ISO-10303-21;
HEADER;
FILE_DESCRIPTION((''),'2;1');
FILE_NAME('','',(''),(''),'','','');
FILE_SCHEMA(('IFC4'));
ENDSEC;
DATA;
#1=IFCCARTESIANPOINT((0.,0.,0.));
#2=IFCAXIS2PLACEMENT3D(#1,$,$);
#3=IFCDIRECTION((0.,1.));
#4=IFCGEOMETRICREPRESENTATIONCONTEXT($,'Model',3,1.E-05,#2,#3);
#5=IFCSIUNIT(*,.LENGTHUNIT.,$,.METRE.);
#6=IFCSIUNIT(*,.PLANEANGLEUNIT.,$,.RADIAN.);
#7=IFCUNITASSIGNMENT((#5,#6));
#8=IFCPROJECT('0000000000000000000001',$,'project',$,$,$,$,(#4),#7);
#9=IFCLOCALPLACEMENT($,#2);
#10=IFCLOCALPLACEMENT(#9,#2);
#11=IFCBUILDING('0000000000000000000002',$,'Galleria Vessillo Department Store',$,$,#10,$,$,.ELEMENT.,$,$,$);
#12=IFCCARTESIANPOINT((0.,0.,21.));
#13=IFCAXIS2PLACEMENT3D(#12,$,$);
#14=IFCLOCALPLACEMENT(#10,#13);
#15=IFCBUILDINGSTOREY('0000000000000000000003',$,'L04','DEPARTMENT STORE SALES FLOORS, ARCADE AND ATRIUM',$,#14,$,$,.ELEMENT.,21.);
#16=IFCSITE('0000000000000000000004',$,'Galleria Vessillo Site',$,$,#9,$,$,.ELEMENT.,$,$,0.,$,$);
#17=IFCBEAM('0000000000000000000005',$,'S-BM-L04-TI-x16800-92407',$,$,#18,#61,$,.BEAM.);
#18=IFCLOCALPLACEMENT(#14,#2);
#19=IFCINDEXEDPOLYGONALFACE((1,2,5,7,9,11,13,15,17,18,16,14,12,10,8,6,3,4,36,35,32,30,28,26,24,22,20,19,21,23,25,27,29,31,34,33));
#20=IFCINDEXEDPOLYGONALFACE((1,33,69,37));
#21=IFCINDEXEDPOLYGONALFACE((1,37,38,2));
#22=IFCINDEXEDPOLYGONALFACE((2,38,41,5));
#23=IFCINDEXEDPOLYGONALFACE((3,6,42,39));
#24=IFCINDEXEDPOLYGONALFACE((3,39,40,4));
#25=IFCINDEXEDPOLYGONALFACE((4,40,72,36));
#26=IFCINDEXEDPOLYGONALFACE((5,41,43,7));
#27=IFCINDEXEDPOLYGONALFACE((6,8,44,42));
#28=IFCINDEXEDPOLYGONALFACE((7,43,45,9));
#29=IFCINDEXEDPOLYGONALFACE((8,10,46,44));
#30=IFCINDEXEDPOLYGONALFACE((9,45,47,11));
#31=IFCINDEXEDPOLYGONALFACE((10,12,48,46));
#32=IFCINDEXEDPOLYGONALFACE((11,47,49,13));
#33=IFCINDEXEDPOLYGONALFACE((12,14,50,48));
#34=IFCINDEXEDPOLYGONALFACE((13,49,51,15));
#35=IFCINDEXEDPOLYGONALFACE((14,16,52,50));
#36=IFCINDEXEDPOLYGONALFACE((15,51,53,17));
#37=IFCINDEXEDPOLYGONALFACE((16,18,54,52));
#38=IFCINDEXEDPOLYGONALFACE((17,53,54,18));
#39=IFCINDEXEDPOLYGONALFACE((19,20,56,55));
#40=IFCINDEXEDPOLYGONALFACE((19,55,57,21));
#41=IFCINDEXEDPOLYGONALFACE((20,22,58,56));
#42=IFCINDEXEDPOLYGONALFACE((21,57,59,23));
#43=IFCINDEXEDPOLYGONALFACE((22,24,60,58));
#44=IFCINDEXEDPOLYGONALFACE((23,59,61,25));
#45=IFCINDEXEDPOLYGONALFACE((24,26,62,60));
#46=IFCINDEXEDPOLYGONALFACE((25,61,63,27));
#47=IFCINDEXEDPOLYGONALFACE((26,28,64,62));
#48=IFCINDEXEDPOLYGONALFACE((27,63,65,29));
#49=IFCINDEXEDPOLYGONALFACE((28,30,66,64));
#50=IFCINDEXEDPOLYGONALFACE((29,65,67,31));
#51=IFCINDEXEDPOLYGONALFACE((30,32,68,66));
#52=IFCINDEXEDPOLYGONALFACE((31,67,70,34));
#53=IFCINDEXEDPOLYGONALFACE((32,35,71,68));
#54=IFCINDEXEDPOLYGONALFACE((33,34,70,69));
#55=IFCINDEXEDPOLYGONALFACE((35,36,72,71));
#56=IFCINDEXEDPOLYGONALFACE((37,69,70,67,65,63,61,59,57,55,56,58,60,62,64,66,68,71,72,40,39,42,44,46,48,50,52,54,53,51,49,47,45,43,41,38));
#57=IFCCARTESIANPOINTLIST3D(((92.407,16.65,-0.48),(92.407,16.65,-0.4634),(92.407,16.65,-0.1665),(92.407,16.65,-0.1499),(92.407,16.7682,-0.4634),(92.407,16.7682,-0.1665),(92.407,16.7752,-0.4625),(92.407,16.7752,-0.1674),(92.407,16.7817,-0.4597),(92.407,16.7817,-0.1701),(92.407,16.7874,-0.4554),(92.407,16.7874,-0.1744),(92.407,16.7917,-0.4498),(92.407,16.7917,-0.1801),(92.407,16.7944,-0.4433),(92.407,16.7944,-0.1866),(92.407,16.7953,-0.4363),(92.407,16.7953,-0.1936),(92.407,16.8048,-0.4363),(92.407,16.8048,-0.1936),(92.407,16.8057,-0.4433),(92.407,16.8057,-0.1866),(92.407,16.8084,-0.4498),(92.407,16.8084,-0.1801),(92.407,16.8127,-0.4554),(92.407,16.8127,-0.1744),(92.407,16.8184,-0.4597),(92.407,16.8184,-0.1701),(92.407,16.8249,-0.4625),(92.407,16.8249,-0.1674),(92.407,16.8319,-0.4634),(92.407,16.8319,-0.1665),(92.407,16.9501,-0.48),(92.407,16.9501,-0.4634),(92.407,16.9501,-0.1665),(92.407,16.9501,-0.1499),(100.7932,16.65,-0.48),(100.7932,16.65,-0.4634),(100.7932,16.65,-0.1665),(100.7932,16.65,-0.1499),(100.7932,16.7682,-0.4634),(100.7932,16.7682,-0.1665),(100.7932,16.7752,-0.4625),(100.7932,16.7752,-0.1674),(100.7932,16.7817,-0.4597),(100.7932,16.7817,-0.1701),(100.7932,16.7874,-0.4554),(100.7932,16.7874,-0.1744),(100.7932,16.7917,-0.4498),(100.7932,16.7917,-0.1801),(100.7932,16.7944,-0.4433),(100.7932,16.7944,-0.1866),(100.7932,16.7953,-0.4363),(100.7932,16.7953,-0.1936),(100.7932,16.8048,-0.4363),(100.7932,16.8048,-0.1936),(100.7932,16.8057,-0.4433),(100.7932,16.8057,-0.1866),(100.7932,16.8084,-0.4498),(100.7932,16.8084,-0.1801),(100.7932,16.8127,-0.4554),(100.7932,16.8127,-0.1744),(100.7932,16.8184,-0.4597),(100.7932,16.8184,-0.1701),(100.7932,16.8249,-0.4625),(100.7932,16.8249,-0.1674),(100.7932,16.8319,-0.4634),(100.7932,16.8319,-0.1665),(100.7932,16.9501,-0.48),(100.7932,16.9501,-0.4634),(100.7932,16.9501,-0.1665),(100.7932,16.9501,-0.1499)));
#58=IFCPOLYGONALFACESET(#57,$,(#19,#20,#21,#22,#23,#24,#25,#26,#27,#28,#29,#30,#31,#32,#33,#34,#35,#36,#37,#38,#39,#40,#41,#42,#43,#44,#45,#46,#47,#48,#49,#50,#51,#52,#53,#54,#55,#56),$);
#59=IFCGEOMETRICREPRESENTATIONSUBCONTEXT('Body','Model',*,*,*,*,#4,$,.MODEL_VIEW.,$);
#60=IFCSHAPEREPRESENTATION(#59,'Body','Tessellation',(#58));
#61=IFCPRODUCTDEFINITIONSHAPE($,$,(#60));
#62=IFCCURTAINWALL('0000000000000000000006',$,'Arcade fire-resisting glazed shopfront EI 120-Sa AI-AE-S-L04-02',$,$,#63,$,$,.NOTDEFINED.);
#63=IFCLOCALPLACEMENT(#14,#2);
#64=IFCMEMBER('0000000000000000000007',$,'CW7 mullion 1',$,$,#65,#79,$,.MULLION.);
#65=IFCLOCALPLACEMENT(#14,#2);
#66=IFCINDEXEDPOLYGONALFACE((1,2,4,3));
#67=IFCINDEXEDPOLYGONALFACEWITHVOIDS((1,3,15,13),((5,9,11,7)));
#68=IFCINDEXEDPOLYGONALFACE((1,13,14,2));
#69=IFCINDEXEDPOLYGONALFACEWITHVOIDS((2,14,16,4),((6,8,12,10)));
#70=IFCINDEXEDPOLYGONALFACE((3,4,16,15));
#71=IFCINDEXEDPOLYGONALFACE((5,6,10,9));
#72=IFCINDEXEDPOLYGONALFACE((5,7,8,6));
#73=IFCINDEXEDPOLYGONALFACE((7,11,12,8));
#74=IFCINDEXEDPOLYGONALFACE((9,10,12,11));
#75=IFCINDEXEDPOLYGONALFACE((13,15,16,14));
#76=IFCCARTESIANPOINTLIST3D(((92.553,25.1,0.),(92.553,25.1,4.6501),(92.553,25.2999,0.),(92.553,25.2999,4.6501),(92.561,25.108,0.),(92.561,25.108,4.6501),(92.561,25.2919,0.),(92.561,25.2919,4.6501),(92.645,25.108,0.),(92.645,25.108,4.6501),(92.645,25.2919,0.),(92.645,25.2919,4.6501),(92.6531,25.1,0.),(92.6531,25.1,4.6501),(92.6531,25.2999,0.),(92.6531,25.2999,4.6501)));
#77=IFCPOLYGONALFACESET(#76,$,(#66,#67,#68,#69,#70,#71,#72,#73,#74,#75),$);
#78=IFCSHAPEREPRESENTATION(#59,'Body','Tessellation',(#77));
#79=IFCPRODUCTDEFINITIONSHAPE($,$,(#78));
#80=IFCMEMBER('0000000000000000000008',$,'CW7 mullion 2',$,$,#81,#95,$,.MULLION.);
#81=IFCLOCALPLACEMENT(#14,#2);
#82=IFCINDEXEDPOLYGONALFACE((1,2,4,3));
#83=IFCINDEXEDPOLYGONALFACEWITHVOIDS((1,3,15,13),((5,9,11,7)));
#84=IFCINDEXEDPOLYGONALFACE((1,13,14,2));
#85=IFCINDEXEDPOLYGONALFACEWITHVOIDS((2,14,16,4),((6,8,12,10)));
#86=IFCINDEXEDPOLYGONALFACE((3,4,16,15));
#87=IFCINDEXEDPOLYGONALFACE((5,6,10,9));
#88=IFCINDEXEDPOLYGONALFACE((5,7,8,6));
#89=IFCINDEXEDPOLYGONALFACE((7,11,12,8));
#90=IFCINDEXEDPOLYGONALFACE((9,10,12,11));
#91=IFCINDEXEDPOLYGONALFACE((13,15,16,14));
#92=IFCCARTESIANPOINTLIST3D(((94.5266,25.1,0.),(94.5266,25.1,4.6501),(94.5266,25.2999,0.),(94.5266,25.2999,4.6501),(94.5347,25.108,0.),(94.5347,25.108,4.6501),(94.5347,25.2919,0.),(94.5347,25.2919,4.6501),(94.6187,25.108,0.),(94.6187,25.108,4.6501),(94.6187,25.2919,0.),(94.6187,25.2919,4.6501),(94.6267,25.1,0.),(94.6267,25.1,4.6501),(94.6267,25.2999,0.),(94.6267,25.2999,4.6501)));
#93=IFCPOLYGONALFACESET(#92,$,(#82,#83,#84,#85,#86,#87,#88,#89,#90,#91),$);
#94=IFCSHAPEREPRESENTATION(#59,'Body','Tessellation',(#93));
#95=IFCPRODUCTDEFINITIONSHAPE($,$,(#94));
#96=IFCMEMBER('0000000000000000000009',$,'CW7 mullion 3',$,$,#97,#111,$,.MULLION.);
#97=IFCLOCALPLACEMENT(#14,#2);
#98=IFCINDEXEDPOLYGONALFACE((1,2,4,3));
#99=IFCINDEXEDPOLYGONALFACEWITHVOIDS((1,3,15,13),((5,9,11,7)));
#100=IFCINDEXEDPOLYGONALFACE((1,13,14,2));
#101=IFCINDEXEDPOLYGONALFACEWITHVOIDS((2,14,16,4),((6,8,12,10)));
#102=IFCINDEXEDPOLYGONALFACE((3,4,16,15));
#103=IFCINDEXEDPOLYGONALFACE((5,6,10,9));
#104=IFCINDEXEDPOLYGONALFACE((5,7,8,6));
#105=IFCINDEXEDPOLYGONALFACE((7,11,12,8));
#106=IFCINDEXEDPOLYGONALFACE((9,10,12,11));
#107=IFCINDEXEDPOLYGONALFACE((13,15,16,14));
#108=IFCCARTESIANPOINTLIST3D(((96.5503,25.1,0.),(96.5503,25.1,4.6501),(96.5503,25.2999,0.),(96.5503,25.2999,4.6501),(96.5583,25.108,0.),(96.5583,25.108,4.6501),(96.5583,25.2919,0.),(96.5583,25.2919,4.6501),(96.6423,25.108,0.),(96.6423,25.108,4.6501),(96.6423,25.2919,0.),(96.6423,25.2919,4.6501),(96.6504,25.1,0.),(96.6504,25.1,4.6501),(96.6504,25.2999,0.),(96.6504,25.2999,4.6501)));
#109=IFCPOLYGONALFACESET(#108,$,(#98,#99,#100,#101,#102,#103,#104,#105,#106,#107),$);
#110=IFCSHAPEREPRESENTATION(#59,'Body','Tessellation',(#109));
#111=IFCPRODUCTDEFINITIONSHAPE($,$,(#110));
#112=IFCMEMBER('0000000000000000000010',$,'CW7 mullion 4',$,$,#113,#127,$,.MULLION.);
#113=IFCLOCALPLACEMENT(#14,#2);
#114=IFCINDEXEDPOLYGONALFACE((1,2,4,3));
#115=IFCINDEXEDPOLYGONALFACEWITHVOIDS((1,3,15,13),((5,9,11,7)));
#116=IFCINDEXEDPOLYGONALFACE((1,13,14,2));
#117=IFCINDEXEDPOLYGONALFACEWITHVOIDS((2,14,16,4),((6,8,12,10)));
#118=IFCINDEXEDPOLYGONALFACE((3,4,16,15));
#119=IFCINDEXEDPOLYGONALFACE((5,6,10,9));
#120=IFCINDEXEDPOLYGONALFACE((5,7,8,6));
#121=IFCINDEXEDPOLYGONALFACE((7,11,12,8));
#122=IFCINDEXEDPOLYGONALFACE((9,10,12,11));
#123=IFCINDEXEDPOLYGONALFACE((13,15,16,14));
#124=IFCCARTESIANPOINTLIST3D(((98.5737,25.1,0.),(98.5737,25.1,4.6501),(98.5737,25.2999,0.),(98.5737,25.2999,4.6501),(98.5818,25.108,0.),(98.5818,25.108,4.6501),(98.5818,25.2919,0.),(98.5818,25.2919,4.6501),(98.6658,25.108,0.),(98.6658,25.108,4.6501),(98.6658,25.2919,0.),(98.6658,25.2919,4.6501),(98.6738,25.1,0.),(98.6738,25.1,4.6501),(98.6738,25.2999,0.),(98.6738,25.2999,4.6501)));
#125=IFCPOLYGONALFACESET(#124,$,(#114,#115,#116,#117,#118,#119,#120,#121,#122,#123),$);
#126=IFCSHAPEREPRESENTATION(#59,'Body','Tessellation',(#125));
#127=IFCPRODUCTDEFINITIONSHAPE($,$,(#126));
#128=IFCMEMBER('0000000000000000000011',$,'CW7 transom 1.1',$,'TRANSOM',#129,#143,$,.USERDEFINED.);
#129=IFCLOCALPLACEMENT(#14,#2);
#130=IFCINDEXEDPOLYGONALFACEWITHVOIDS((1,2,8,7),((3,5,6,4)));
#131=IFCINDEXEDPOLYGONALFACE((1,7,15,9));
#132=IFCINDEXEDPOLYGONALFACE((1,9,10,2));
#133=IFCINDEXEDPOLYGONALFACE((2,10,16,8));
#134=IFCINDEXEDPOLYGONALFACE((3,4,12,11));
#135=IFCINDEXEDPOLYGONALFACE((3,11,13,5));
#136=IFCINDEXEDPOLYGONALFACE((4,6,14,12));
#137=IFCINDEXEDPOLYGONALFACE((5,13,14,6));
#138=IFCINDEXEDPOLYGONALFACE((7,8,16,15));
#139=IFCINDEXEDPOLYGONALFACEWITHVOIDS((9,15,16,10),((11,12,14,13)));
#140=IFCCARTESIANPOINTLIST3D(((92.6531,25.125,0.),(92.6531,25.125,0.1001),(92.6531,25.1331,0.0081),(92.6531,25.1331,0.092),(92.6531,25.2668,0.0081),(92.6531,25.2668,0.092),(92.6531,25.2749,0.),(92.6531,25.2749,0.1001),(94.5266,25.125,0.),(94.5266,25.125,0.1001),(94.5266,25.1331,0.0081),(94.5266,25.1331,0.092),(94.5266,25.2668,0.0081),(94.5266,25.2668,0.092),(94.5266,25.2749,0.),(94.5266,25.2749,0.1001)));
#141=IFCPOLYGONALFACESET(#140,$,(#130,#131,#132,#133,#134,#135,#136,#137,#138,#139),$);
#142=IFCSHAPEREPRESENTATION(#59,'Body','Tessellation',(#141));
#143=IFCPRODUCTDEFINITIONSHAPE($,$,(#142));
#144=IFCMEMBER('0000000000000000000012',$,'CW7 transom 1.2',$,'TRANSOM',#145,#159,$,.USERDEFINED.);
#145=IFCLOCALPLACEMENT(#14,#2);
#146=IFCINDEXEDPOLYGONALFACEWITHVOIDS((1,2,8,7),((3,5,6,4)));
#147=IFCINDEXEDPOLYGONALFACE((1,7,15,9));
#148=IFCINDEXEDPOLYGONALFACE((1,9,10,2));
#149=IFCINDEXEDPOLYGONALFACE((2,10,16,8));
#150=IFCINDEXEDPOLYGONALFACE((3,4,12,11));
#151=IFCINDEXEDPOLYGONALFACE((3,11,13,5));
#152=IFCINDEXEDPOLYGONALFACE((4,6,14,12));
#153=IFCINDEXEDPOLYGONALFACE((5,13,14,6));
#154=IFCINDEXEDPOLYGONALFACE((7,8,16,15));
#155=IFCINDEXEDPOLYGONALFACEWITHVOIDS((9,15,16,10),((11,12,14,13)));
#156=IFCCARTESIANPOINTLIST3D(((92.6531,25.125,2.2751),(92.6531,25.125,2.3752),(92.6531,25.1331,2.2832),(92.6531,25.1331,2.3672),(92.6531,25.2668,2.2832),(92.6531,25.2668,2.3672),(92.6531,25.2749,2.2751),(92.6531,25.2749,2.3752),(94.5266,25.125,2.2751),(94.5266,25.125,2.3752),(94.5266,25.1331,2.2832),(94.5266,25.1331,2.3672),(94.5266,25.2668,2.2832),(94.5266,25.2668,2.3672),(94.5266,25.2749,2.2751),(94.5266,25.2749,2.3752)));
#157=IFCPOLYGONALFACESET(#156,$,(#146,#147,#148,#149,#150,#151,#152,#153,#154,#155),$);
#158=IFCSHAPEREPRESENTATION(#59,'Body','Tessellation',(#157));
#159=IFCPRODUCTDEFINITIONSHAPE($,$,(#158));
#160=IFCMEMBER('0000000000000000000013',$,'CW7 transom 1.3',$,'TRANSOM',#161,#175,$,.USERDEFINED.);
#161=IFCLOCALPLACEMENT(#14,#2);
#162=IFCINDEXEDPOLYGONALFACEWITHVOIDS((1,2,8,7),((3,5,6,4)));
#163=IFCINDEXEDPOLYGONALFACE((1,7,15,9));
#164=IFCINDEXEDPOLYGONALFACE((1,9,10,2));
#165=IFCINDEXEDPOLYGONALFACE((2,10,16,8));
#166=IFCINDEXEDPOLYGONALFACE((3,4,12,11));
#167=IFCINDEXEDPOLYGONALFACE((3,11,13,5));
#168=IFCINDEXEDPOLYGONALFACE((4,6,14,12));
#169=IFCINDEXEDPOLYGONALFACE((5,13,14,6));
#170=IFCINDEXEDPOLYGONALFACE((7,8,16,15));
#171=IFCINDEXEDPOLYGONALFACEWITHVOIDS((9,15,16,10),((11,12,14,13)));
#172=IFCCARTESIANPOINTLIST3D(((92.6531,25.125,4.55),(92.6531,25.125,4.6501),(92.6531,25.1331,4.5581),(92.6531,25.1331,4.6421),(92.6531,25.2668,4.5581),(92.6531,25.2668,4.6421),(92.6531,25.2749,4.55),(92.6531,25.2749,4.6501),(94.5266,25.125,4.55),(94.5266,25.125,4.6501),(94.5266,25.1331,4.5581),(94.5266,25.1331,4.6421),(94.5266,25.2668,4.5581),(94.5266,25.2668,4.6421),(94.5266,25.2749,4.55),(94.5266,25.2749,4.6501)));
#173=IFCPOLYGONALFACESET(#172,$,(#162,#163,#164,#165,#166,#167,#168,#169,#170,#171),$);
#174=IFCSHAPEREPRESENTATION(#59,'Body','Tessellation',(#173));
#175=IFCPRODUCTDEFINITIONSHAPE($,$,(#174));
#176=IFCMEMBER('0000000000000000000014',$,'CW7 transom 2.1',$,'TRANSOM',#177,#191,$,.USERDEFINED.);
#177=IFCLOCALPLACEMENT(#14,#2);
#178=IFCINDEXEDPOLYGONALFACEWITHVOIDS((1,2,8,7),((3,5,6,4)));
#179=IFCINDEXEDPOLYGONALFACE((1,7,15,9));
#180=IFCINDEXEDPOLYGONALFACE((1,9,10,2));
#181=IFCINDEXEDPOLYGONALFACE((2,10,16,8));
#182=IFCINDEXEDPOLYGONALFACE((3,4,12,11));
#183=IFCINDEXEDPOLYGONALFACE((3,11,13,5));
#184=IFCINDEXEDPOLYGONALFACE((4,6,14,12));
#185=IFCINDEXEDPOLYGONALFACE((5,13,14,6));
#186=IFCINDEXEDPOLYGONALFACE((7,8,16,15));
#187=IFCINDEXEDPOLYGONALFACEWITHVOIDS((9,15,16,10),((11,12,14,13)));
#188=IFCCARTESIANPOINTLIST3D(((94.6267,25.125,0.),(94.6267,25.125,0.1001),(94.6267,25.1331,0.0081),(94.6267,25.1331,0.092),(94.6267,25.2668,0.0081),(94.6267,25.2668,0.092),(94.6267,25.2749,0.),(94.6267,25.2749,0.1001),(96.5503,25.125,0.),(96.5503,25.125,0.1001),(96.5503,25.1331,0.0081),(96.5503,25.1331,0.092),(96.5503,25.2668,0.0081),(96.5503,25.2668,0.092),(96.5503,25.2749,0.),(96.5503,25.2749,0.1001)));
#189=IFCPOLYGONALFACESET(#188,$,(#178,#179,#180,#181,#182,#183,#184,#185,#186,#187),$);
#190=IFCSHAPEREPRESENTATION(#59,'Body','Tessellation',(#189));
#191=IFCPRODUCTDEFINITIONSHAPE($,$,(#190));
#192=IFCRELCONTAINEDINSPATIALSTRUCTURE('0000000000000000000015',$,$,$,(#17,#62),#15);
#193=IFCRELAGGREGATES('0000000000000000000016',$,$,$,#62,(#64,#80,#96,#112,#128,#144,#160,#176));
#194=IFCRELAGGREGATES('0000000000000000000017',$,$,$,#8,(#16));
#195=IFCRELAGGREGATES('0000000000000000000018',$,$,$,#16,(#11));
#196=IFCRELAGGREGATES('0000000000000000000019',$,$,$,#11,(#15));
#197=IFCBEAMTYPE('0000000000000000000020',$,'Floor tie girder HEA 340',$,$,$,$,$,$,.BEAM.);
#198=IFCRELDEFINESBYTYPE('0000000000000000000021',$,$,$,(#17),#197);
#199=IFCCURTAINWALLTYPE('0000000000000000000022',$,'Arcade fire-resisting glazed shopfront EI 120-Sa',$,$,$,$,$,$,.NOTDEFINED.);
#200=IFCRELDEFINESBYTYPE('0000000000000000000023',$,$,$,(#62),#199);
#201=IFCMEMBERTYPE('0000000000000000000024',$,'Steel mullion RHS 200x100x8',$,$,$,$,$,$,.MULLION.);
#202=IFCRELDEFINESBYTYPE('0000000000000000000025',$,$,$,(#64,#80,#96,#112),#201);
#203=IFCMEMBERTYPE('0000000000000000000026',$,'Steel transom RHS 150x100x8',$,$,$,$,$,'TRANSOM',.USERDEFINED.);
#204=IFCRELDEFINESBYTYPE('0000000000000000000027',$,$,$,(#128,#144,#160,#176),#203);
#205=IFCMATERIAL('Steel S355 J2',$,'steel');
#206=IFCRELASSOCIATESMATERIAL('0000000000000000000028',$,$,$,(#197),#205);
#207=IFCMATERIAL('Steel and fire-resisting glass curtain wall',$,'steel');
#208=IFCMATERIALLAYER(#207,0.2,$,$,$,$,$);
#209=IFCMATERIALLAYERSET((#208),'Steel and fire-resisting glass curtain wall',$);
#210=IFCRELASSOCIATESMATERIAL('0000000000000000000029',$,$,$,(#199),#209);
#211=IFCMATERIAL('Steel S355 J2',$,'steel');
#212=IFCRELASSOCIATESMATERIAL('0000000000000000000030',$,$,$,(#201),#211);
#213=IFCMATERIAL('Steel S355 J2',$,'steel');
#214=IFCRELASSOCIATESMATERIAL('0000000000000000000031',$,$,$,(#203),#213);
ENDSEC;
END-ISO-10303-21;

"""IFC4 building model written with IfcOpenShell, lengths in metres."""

from ifc_helpers import new_model, si_unit, direction, frame, origin, origin_2d, place, context, subcontext, project, spatial, hollow_rectangle, i_section, extrude, material, layer, layer_set, material_profile, profile_set, type_object, element, aggregate, save


model = new_model("IFC4")

# Units and contexts
model_context = context("Model", 3, precision=1e-05, world=origin(), true_north=direction((0.0, 1.0)))
body_context = subcontext(model_context, "Body", "Model", "MODEL_VIEW")
ifc_project = project(units=[si_unit("LENGTHUNIT", "METRE"), si_unit("PLANEANGLEUNIT", "RADIAN")], contexts=[model_context])

# Site, building, storey
site_placement = place(None, origin())
site = spatial("IfcSite", under=ifc_project, at=site_placement, Name="Galleria Vessillo Site", CompositionType="ELEMENT", RefElevation=0.0)
building_placement = place(site_placement, origin())
building = spatial("IfcBuilding", under=site, at=building_placement, Name="Galleria Vessillo Department Store", CompositionType="ELEMENT")
storey_placement = place(building_placement, frame((0.0, 0.0, 21.0)))
storey = spatial("IfcBuildingStorey", under=building, at=storey_placement, Name="L04", Description="DEPARTMENT STORE SALES FLOORS, ARCADE AND ATRIUM", CompositionType="ELEMENT", Elevation=21.0)

# Beam
ifc_material_1 = material(Name="Steel S355 J2", Category="steel")
ifc_material_profile_1 = material_profile(ifc_material_1, i_section(OverallWidth=0.3, OverallDepth=0.3301, WebThickness=0.0095, FlangeThickness=0.0166, FilletRadius=0.0271, at=origin_2d()), Name="HEA 340")
ifc_profile_set_1 = profile_set([ifc_material_profile_1], Name="Steel S355 J2")
beam_type_1 = type_object("IfcBeamType", Name="Floor tie girder HEA 340", PredefinedType="BEAM", material=ifc_profile_set_1)
beam_1_placement = place(storey_placement, frame((92.407, 16.8, -0.3149), z_axis=(1.0, 0.0, 0.0), x_axis=(0.0, 1.0, 0.0)))
element("IfcBeam", 1, at=beam_1_placement, inside=storey, type_object=beam_type_1, Name="S-BM-L04-TI-x16800-92407", PredefinedType="BEAM", context=body_context, shape_type="SweptSolid", body=[
    extrude(i_section(OverallWidth=0.3, OverallDepth=0.3301, WebThickness=0.0095, FlangeThickness=0.0166, FilletRadius=0.0271, at=origin_2d()), origin(), (0.0, 0.0, 1.0), 8.3862),
])

# Curtain wall, members
ifc_material_2 = material(Name="Steel and fire-resisting glass curtain wall", Category="steel")
ifc_layer_1 = layer(ifc_material_2, 0.2)
ifc_layer_set_1 = layer_set([ifc_layer_1], Name="Steel and fire-resisting glass curtain wall")
curtain_wall_type = type_object("IfcCurtainWallType", Name="Arcade fire-resisting glazed shopfront EI 120-Sa", PredefinedType="NOTDEFINED", material=ifc_layer_set_1)
curtain_wall_placement = place(storey_placement, origin())
curtain_wall = element("IfcCurtainWall", 2, at=curtain_wall_placement, inside=storey, type_object=curtain_wall_type, Name="Arcade fire-resisting glazed shopfront EI 120-Sa AI-AE-S-L04-02", PredefinedType="NOTDEFINED")
ifc_material_3 = material(Name="Steel S355 J2", Category="steel")
ifc_material_profile_2 = material_profile(ifc_material_3, hollow_rectangle(XDim=0.2, YDim=0.1001, WallThickness=0.0081, at=origin_2d()), Name="RHS 200x100x8")
ifc_profile_set_2 = profile_set([ifc_material_profile_2], Name="Steel S355 J2")
member_type_1 = type_object("IfcMemberType", Name="Steel mullion RHS 200x100x8", PredefinedType="MULLION", material=ifc_profile_set_2)
member_1_placement = place(storey_placement, frame((92.603, 25.2, 0.0), z_axis=(0.0, 0.0, 1.0), x_axis=(0.0, 1.0, 0.0)))
member_1 = element("IfcMember", 3, at=member_1_placement, type_object=member_type_1, Name="CW7 mullion 1", PredefinedType="MULLION", context=body_context, shape_type="SweptSolid", body=[
    extrude(hollow_rectangle(XDim=0.2, YDim=0.1001, WallThickness=0.0081, at=origin_2d()), origin(), (0.0, 0.0, 1.0), 4.6501),
])
member_2_placement = place(storey_placement, frame((94.5767, 25.2, 0.0), z_axis=(0.0, 0.0, 1.0), x_axis=(0.0, 1.0, 0.0)))
member_2 = element("IfcMember", 4, at=member_2_placement, type_object=member_type_1, Name="CW7 mullion 2", PredefinedType="MULLION", context=body_context, shape_type="SweptSolid", body=[
    extrude(hollow_rectangle(XDim=0.2, YDim=0.1001, WallThickness=0.0081, at=origin_2d()), origin(), (0.0, 0.0, 1.0), 4.6501),
])
member_3_placement = place(storey_placement, frame((96.6003, 25.2, 0.0), z_axis=(0.0, 0.0, 1.0), x_axis=(0.0, 1.0, 0.0)))
member_3 = element("IfcMember", 5, at=member_3_placement, type_object=member_type_1, Name="CW7 mullion 3", PredefinedType="MULLION", context=body_context, shape_type="SweptSolid", body=[
    extrude(hollow_rectangle(XDim=0.2, YDim=0.1001, WallThickness=0.0081, at=origin_2d()), origin(), (0.0, 0.0, 1.0), 4.6501),
])
member_4_placement = place(storey_placement, frame((98.6238, 25.2, 0.0), z_axis=(0.0, 0.0, 1.0), x_axis=(0.0, 1.0, 0.0)))
member_4 = element("IfcMember", 6, at=member_4_placement, type_object=member_type_1, Name="CW7 mullion 4", PredefinedType="MULLION", context=body_context, shape_type="SweptSolid", body=[
    extrude(hollow_rectangle(XDim=0.2, YDim=0.1001, WallThickness=0.0081, at=origin_2d()), origin(), (0.0, 0.0, 1.0), 4.6501),
])
ifc_material_4 = material(Name="Steel S355 J2", Category="steel")
ifc_material_profile_3 = material_profile(ifc_material_4, hollow_rectangle(XDim=0.1499, YDim=0.1001, WallThickness=0.0081, at=origin_2d()), Name="RHS 150x100x8")
ifc_profile_set_3 = profile_set([ifc_material_profile_3], Name="Steel S355 J2")
member_type_2 = type_object("IfcMemberType", Name="Steel transom RHS 150x100x8", ElementType="TRANSOM", PredefinedType="USERDEFINED", material=ifc_profile_set_3)
member_5_placement = place(storey_placement, frame((92.6531, 25.2, 0.05), z_axis=(1.0, 0.0, 0.0), x_axis=(0.0, 1.0, 0.0)))
member_5 = element("IfcMember", 7, at=member_5_placement, type_object=member_type_2, Name="CW7 transom 1.1", ObjectType="TRANSOM", PredefinedType="USERDEFINED", context=body_context, shape_type="SweptSolid", body=[
    extrude(hollow_rectangle(XDim=0.1499, YDim=0.1001, WallThickness=0.0081, at=origin_2d()), origin(), (0.0, 0.0, 1.0), 1.8735),
])
member_6_placement = place(storey_placement, frame((92.6531, 25.2, 2.3252), z_axis=(1.0, 0.0, 0.0), x_axis=(0.0, 1.0, 0.0)))
member_6 = element("IfcMember", 8, at=member_6_placement, type_object=member_type_2, Name="CW7 transom 1.2", ObjectType="TRANSOM", PredefinedType="USERDEFINED", context=body_context, shape_type="SweptSolid", body=[
    extrude(hollow_rectangle(XDim=0.1499, YDim=0.1001, WallThickness=0.0081, at=origin_2d()), origin(), (0.0, 0.0, 1.0), 1.8735),
])
member_7_placement = place(storey_placement, frame((92.6531, 25.2, 4.6001), z_axis=(1.0, 0.0, 0.0), x_axis=(0.0, 1.0, 0.0)))
member_7 = element("IfcMember", 9, at=member_7_placement, type_object=member_type_2, Name="CW7 transom 1.3", ObjectType="TRANSOM", PredefinedType="USERDEFINED", context=body_context, shape_type="SweptSolid", body=[
    extrude(hollow_rectangle(XDim=0.1499, YDim=0.1001, WallThickness=0.0081, at=origin_2d()), origin(), (0.0, 0.0, 1.0), 1.8735),
])
member_8_placement = place(storey_placement, frame((94.6267, 25.2, 0.05), z_axis=(1.0, 0.0, 0.0), x_axis=(0.0, 1.0, 0.0)))
member_8 = element("IfcMember", 10, at=member_8_placement, type_object=member_type_2, Name="CW7 transom 2.1", ObjectType="TRANSOM", PredefinedType="USERDEFINED", context=body_context, shape_type="SweptSolid", body=[
    extrude(hollow_rectangle(XDim=0.1499, YDim=0.1001, WallThickness=0.0081, at=origin_2d()), origin(), (0.0, 0.0, 1.0), 1.9236),
])

aggregate(curtain_wall, [member_1, member_2, member_3, member_4, member_5, member_6, member_7, member_8])

save(model, "model.ifc")
